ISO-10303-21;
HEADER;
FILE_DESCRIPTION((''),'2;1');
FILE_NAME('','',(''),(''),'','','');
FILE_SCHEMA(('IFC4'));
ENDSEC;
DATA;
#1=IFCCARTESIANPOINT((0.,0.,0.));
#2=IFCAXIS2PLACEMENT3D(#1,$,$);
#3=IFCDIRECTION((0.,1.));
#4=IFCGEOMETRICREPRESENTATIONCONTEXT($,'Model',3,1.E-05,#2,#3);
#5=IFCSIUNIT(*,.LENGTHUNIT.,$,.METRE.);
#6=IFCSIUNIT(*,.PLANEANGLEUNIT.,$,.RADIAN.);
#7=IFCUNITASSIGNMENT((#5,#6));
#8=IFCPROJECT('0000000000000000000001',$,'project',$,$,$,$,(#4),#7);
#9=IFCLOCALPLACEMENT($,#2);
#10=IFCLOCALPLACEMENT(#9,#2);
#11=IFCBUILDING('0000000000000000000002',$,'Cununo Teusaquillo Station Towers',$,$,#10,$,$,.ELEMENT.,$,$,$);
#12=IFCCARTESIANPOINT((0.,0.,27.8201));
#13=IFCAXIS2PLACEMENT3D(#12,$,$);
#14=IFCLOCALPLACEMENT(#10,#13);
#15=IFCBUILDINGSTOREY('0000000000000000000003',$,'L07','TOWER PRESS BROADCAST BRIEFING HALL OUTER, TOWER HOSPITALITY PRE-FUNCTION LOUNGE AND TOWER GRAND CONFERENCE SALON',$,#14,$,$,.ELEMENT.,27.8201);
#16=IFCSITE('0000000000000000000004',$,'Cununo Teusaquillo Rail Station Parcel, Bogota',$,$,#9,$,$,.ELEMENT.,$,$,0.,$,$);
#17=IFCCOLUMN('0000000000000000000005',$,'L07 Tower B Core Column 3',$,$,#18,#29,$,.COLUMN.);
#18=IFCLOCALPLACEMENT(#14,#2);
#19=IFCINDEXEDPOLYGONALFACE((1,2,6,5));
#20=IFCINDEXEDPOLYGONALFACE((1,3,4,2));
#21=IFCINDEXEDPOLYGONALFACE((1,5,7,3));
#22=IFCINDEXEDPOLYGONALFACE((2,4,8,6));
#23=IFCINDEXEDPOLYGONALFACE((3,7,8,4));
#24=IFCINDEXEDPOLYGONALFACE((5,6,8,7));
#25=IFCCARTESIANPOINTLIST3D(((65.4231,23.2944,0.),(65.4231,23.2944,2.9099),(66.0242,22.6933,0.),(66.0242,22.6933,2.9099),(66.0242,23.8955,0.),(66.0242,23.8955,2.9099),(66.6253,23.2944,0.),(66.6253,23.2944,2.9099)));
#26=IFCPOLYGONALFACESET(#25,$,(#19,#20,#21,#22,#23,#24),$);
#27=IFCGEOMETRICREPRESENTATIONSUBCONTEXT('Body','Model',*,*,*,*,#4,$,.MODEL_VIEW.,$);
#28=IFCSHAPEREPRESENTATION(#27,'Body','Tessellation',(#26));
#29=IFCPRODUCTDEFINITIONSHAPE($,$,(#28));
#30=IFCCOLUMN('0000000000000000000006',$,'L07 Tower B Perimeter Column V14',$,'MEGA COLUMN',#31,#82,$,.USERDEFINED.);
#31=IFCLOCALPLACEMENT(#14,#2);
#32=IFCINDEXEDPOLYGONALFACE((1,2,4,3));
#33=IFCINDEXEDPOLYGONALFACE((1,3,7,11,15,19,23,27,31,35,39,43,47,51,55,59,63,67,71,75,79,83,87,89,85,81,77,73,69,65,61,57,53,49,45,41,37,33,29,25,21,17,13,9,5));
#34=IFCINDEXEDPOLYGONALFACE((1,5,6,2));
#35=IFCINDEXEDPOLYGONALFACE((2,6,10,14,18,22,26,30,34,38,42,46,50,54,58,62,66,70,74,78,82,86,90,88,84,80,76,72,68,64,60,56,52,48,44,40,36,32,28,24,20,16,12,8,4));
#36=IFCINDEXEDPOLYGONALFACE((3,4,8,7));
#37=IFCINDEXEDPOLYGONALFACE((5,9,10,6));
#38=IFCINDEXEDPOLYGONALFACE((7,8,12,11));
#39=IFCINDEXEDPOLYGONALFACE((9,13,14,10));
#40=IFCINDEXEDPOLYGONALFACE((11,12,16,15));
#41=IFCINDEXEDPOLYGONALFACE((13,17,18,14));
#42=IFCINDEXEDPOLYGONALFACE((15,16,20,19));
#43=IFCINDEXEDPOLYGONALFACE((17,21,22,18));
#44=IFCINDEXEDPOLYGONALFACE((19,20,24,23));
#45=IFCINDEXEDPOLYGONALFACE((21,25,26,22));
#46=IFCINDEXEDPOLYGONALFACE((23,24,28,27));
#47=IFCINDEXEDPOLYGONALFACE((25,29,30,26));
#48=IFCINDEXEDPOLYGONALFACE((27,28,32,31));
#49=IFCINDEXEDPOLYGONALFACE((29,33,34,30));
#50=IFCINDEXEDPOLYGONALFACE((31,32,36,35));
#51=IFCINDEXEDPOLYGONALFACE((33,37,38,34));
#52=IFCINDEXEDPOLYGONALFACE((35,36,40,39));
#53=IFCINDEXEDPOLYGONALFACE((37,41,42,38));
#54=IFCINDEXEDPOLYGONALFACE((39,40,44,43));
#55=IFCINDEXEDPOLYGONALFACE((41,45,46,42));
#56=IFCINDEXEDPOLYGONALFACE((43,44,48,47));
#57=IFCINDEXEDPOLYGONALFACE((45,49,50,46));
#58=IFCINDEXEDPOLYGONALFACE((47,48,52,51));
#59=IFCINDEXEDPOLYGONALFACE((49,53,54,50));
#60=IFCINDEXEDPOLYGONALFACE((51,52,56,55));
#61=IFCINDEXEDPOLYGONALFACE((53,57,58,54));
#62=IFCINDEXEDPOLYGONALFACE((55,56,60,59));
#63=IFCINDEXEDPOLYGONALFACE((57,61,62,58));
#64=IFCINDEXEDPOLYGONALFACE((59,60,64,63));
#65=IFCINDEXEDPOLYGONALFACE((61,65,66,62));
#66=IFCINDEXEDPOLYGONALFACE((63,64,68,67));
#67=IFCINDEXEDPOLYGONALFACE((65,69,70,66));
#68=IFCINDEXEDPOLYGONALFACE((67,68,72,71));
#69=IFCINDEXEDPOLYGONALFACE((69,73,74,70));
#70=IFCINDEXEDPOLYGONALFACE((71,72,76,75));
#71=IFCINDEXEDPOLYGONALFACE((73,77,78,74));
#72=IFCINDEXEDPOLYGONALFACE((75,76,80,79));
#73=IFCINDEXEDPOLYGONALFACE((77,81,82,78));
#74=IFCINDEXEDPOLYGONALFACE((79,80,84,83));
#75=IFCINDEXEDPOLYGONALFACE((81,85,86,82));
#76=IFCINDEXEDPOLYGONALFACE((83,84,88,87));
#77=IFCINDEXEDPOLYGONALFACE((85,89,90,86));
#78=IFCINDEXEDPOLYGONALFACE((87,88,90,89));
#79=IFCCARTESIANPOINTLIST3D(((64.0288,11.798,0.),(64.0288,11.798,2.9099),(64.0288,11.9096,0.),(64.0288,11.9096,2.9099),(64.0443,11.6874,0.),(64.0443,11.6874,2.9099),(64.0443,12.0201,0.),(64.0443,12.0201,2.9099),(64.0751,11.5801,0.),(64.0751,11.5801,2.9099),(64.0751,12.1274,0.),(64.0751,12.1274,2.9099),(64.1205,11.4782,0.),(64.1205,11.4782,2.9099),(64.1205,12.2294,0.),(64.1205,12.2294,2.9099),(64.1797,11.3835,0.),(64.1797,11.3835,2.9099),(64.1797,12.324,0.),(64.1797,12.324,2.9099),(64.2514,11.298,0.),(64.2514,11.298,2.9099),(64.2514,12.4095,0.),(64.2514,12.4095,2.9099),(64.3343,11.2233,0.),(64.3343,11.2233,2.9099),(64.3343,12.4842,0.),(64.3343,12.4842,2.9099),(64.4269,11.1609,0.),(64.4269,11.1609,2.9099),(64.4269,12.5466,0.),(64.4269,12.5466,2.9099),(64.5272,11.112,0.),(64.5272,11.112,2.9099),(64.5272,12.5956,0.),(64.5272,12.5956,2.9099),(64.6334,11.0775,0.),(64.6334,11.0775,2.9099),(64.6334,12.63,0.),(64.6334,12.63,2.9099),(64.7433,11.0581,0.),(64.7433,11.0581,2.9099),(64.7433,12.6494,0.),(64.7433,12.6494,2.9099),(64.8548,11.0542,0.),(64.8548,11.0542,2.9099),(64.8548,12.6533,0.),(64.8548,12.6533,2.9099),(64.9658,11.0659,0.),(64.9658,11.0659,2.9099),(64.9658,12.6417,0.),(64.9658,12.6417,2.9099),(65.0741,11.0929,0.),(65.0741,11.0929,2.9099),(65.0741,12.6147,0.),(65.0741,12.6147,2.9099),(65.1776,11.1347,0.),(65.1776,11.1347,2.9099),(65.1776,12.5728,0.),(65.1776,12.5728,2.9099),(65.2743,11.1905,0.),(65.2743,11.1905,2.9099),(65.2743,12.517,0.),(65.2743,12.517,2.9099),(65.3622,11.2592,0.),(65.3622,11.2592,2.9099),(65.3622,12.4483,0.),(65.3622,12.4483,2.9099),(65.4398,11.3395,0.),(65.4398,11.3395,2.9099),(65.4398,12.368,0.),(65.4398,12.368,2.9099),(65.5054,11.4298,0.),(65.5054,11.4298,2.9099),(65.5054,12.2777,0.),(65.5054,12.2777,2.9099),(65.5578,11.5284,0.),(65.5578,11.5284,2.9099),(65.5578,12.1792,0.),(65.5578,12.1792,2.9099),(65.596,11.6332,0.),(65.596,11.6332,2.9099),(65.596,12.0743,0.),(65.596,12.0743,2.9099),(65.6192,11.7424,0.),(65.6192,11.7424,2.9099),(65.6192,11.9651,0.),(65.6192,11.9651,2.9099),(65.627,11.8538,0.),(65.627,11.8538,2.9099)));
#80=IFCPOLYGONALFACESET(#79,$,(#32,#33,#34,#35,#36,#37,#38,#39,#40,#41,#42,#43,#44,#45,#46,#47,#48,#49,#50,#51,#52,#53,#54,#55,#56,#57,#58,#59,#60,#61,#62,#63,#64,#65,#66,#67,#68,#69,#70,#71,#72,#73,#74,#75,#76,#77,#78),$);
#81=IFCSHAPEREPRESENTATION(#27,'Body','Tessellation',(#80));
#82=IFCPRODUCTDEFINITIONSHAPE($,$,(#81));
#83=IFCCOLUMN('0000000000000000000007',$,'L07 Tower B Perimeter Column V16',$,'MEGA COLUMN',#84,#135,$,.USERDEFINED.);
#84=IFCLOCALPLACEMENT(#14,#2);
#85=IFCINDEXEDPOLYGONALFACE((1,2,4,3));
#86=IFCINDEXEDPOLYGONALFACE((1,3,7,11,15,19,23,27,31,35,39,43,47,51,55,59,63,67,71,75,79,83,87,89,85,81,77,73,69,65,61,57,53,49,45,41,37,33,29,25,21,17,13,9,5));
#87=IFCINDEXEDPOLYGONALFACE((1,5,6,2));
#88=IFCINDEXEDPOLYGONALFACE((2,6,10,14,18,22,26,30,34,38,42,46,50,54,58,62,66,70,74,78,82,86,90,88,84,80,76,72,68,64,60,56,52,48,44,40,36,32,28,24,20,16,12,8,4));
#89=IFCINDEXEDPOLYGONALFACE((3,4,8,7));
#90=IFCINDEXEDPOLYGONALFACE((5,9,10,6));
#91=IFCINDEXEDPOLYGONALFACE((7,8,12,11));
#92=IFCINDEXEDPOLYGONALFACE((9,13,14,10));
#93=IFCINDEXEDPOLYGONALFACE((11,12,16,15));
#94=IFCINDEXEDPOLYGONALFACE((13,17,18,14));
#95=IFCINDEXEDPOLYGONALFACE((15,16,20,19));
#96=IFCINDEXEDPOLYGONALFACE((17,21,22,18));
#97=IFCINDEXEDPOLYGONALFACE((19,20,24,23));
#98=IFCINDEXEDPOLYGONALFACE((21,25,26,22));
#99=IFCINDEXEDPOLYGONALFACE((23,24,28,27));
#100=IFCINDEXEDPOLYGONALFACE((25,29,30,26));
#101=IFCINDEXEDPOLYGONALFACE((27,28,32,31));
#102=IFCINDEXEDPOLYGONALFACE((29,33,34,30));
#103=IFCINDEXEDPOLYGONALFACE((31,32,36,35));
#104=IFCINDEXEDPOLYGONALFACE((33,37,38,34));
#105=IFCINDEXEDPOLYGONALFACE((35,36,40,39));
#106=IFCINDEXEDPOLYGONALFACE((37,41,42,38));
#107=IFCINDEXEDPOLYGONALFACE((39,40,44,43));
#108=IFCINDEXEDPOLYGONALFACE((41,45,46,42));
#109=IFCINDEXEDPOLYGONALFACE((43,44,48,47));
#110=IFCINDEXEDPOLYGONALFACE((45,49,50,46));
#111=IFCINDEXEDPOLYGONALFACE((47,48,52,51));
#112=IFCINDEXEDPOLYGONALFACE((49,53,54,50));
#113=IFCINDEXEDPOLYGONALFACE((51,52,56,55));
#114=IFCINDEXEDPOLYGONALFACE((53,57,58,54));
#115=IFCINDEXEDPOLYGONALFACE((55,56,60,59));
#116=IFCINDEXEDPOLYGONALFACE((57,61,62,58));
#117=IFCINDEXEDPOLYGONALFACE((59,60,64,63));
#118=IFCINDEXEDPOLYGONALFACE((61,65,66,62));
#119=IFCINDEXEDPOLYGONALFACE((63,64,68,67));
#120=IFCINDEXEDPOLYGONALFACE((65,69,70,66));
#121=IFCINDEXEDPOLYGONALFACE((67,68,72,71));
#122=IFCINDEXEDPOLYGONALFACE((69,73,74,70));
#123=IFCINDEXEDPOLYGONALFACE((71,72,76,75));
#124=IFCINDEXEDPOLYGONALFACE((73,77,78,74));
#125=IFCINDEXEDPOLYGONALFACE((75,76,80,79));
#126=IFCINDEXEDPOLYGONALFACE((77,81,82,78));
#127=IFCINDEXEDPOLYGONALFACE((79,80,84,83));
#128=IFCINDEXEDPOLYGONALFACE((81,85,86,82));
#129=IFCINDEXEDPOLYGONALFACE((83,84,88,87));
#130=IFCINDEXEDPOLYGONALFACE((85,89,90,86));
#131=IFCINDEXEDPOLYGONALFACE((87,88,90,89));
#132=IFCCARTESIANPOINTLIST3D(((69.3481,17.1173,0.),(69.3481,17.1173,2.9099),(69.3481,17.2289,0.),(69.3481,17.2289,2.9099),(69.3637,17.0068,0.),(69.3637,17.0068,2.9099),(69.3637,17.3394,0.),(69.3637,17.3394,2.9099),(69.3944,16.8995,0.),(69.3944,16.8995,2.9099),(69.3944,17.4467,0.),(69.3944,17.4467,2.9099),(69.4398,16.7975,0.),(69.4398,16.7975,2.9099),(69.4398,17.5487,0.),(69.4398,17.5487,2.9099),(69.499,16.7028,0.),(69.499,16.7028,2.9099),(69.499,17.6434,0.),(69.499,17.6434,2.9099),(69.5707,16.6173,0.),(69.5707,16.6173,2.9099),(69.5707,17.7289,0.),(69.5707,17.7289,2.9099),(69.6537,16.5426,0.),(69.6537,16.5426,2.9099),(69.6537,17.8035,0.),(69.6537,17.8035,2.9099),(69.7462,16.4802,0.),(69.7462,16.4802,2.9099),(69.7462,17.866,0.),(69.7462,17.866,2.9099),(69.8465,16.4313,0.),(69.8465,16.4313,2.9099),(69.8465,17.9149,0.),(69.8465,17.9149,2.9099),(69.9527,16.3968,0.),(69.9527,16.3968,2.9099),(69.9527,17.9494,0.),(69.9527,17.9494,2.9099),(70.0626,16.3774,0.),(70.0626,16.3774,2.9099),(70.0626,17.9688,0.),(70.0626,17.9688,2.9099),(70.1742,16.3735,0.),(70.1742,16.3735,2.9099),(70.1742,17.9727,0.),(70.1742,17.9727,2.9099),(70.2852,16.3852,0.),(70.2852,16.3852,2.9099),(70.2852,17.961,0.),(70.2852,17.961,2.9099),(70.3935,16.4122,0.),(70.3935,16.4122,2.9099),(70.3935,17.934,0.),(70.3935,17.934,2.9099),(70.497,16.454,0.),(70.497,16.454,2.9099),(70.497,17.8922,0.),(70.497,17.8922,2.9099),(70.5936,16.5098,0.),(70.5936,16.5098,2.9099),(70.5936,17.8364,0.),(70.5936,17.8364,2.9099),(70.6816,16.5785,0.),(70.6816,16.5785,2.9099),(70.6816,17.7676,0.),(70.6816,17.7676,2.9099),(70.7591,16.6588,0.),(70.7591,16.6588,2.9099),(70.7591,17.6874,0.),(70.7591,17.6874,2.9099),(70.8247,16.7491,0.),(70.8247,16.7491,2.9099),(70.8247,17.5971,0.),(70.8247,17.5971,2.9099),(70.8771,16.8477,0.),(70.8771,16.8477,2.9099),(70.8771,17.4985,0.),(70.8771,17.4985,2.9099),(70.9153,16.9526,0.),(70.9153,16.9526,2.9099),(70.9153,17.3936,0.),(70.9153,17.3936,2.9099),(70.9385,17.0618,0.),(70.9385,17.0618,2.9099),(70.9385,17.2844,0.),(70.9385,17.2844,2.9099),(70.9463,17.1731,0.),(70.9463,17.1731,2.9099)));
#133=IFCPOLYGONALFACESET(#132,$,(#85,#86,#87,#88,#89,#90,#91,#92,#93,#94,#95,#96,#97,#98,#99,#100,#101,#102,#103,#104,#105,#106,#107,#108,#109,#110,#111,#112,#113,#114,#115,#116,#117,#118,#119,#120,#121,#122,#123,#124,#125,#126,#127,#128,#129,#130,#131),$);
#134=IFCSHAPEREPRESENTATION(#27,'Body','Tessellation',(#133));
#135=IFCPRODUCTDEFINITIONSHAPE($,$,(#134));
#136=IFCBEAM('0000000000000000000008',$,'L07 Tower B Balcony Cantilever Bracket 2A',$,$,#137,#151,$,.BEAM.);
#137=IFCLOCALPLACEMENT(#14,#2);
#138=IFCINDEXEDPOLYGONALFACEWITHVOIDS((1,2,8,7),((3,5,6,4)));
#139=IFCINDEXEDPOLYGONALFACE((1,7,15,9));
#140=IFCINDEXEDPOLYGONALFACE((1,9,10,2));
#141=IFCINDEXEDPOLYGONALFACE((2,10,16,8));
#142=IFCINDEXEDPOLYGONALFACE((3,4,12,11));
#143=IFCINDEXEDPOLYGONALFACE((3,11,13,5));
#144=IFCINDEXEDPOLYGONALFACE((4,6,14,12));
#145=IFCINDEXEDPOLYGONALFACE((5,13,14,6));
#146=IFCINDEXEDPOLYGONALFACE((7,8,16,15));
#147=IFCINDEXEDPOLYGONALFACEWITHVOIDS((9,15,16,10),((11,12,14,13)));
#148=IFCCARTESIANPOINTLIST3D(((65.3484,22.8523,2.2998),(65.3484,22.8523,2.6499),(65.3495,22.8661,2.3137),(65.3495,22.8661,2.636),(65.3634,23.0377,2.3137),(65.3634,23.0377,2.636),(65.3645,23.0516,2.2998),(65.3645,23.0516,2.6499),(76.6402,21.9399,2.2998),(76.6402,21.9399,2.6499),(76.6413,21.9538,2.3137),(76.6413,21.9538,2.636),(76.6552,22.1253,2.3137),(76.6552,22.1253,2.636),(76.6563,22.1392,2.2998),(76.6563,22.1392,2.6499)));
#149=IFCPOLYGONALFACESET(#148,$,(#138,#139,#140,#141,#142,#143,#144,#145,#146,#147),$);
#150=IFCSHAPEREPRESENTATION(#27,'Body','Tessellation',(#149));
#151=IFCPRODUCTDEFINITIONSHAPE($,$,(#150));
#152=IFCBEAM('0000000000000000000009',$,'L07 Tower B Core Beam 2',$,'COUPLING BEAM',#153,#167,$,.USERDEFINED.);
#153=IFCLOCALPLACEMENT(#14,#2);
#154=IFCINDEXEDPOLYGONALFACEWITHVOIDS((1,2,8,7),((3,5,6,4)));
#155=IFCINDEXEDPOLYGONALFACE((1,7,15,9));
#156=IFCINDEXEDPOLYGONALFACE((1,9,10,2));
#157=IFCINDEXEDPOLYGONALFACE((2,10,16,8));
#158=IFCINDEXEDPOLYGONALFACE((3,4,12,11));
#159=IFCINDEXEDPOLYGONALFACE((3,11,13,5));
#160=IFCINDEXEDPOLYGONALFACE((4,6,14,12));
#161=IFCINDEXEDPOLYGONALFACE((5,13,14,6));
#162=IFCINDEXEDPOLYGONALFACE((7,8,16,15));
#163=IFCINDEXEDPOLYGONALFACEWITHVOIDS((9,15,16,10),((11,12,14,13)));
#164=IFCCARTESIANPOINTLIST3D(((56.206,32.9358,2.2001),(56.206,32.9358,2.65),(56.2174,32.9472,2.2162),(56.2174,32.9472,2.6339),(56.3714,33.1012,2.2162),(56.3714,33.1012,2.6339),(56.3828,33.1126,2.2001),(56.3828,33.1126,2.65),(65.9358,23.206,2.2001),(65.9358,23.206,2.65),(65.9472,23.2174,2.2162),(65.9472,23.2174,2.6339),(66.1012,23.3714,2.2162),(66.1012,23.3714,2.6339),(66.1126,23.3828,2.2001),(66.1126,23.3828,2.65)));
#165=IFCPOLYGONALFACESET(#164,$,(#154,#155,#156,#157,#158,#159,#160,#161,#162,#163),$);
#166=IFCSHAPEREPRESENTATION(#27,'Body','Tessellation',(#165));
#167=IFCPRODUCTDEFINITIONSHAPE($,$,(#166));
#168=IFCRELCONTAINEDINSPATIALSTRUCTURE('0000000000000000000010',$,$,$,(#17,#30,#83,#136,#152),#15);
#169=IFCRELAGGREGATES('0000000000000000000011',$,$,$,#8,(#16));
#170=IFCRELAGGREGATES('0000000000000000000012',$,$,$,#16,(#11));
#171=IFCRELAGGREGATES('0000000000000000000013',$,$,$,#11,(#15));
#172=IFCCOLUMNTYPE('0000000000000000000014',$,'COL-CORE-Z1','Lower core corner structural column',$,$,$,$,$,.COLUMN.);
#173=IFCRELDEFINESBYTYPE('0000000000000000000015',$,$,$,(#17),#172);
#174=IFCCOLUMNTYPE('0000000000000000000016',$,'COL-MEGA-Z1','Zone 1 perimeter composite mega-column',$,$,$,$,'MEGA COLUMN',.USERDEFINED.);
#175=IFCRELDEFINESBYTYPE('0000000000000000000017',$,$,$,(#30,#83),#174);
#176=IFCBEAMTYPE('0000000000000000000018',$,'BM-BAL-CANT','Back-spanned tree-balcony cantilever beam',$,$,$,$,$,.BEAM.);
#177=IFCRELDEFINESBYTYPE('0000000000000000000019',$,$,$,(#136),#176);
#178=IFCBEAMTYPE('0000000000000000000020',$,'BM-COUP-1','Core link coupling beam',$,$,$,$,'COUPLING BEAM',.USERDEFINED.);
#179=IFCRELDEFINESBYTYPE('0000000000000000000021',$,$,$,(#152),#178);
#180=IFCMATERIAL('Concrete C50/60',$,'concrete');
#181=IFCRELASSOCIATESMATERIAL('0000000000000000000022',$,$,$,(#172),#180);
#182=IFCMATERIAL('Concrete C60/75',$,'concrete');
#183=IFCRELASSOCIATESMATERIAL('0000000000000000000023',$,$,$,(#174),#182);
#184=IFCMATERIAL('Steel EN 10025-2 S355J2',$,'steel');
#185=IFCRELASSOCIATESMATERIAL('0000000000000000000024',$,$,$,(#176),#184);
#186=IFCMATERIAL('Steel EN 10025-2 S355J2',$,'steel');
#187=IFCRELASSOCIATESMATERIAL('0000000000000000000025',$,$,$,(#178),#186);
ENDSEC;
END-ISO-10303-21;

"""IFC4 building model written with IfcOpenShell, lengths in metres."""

from ifc_helpers import new_model, si_unit, direction, frame, origin, origin_2d, place, context, subcontext, project, spatial, rectangle, hollow_rectangle, circle, extrude, material, material_profile, profile_set, type_object, element, save


model = new_model("IFC4")

# Units and contexts
model_context = context("Model", 3, precision=1e-05, world=origin(), true_north=direction((0.0, 1.0)))
body_context = subcontext(model_context, "Body", "Model", "MODEL_VIEW")
ifc_project = project(units=[si_unit("LENGTHUNIT", "METRE"), si_unit("PLANEANGLEUNIT", "RADIAN")], contexts=[model_context])

# Site, building, storey
site_placement = place(None, origin())
site = spatial("IfcSite", under=ifc_project, at=site_placement, Name="Cununo Teusaquillo Rail Station Parcel, Bogota", CompositionType="ELEMENT", RefElevation=0.0)
building_placement = place(site_placement, origin())
building = spatial("IfcBuilding", under=site, at=building_placement, Name="Cununo Teusaquillo Station Towers", CompositionType="ELEMENT")
storey_placement = place(building_placement, frame((0.0, 0.0, 27.8201)))
storey = spatial("IfcBuildingStorey", under=building, at=storey_placement, Name="L07", Description="TOWER PRESS BROADCAST BRIEFING HALL OUTER, TOWER HOSPITALITY PRE-FUNCTION LOUNGE AND TOWER GRAND CONFERENCE SALON", CompositionType="ELEMENT", Elevation=27.8201)

# Columns
ifc_material_1 = material(Name="Concrete C50/60", Category="concrete")
ifc_material_profile_1 = material_profile(ifc_material_1, rectangle(XDim=0.8501, YDim=0.8501, at=origin_2d()), Name="RC-RECT-850x850")
ifc_profile_set_1 = profile_set([ifc_material_profile_1], Name="Concrete C50/60")
column_type_1 = type_object("IfcColumnType", Name="COL-CORE-Z1", Description="Lower core corner structural column", PredefinedType="COLUMN", material=ifc_profile_set_1)
column_placement = place(storey_placement, frame((66.0242, 23.2944, 0.0), z_axis=(0.0, 0.0, 1.0), x_axis=(0.707107, 0.707107, 0.0)))
element("IfcColumn", 1, at=column_placement, inside=storey, type_object=column_type_1, Name="L07 Tower B Core Column 3", PredefinedType="COLUMN", context=body_context, shape_type="SweptSolid", body=[
    extrude(rectangle(XDim=0.8501, YDim=0.8501, at=origin_2d()), origin(), (0.0, 0.0, 1.0), 2.9099),
])
ifc_material_2 = material(Name="Concrete C60/75", Category="concrete")
ifc_material_profile_2 = material_profile(ifc_material_2, circle(Radius=0.8, at=origin_2d()), Name="RC-CIRC-1600")
ifc_profile_set_2 = profile_set([ifc_material_profile_2], Name="Concrete C60/75")
column_type_2 = type_object("IfcColumnType", Name="COL-MEGA-Z1", Description="Zone 1 perimeter composite mega-column", ElementType="MEGA COLUMN", PredefinedType="USERDEFINED", material=ifc_profile_set_2)
for number, where, z_axis, x_axis, name in (
    (2, (64.8269, 11.8538, 0.0), (0.0, 0.0, 1.0), (1.0, 0.0, 0.0), "L07 Tower B Perimeter Column V14"),
    (3, (70.1462, 17.1731, 0.0), (0.0, 0.0, 1.0), (1.0, 0.0, 0.0), "L07 Tower B Perimeter Column V16"),
):
    element("IfcColumn", number, at=place(storey_placement, frame(where, z_axis=z_axis, x_axis=x_axis)), inside=storey, type_object=column_type_2, Name=name, ObjectType="MEGA COLUMN", PredefinedType="USERDEFINED", context=body_context, shape_type="SweptSolid", body=[
        extrude(circle(Radius=0.8, at=origin_2d()), origin(), (0.0, 0.0, 1.0), 2.9099),
    ])

# Beams
ifc_material_3 = material(Name="Steel EN 10025-2 S355J2", Category="steel")
ifc_material_profile_3 = material_profile(ifc_material_3, hollow_rectangle(XDim=0.2, YDim=0.3501, WallThickness=0.0139, at=origin_2d()), Name="RHS 350x200x14")
ifc_profile_set_3 = profile_set([ifc_material_profile_3], Name="Steel EN 10025-2 S355J2")
beam_type_1 = type_object("IfcBeamType", Name="BM-BAL-CANT", Description="Back-spanned tree-balcony cantilever beam", PredefinedType="BEAM", material=ifc_profile_set_3)
beam_1_placement = place(storey_placement, frame((65.3564, 22.9519, 2.4749), z_axis=(0.996752, -0.080536, 0.0), x_axis=(0.080536, 0.996752, 0.0)))
element("IfcBeam", 4, at=beam_1_placement, inside=storey, type_object=beam_type_1, Name="L07 Tower B Balcony Cantilever Bracket 2A", PredefinedType="BEAM", context=body_context, shape_type="SweptSolid", body=[
    extrude(hollow_rectangle(XDim=0.2, YDim=0.3501, WallThickness=0.0139, at=origin_2d()), origin(), (0.0, 0.0, 1.0), 11.3286),
])
ifc_material_4 = material(Name="Steel EN 10025-2 S355J2", Category="steel")
ifc_material_profile_4 = material_profile(ifc_material_4, hollow_rectangle(XDim=0.25, YDim=0.45, WallThickness=0.0161, at=origin_2d()), Name="RHS 450x250x16")
ifc_profile_set_4 = profile_set([ifc_material_profile_4], Name="Steel EN 10025-2 S355J2")
beam_type_2 = type_object("IfcBeamType", Name="BM-COUP-1", Description="Core link coupling beam", ElementType="COUPLING BEAM", PredefinedType="USERDEFINED", material=ifc_profile_set_4)
beam_2_placement = place(storey_placement, frame((66.0242, 23.2944, 2.425), z_axis=(-0.707107, 0.707107, 0.0), x_axis=(-0.707107, -0.707107, 0.0)))
element("IfcBeam", 5, at=beam_2_placement, inside=storey, type_object=beam_type_2, Name="L07 Tower B Core Beam 2", ObjectType="COUPLING BEAM", PredefinedType="USERDEFINED", context=body_context, shape_type="SweptSolid", body=[
    extrude(hollow_rectangle(XDim=0.25, YDim=0.45, WallThickness=0.0161, at=origin_2d()), origin(), (0.0, 0.0, 1.0), 13.76),
])

save(model, "model.ifc")
